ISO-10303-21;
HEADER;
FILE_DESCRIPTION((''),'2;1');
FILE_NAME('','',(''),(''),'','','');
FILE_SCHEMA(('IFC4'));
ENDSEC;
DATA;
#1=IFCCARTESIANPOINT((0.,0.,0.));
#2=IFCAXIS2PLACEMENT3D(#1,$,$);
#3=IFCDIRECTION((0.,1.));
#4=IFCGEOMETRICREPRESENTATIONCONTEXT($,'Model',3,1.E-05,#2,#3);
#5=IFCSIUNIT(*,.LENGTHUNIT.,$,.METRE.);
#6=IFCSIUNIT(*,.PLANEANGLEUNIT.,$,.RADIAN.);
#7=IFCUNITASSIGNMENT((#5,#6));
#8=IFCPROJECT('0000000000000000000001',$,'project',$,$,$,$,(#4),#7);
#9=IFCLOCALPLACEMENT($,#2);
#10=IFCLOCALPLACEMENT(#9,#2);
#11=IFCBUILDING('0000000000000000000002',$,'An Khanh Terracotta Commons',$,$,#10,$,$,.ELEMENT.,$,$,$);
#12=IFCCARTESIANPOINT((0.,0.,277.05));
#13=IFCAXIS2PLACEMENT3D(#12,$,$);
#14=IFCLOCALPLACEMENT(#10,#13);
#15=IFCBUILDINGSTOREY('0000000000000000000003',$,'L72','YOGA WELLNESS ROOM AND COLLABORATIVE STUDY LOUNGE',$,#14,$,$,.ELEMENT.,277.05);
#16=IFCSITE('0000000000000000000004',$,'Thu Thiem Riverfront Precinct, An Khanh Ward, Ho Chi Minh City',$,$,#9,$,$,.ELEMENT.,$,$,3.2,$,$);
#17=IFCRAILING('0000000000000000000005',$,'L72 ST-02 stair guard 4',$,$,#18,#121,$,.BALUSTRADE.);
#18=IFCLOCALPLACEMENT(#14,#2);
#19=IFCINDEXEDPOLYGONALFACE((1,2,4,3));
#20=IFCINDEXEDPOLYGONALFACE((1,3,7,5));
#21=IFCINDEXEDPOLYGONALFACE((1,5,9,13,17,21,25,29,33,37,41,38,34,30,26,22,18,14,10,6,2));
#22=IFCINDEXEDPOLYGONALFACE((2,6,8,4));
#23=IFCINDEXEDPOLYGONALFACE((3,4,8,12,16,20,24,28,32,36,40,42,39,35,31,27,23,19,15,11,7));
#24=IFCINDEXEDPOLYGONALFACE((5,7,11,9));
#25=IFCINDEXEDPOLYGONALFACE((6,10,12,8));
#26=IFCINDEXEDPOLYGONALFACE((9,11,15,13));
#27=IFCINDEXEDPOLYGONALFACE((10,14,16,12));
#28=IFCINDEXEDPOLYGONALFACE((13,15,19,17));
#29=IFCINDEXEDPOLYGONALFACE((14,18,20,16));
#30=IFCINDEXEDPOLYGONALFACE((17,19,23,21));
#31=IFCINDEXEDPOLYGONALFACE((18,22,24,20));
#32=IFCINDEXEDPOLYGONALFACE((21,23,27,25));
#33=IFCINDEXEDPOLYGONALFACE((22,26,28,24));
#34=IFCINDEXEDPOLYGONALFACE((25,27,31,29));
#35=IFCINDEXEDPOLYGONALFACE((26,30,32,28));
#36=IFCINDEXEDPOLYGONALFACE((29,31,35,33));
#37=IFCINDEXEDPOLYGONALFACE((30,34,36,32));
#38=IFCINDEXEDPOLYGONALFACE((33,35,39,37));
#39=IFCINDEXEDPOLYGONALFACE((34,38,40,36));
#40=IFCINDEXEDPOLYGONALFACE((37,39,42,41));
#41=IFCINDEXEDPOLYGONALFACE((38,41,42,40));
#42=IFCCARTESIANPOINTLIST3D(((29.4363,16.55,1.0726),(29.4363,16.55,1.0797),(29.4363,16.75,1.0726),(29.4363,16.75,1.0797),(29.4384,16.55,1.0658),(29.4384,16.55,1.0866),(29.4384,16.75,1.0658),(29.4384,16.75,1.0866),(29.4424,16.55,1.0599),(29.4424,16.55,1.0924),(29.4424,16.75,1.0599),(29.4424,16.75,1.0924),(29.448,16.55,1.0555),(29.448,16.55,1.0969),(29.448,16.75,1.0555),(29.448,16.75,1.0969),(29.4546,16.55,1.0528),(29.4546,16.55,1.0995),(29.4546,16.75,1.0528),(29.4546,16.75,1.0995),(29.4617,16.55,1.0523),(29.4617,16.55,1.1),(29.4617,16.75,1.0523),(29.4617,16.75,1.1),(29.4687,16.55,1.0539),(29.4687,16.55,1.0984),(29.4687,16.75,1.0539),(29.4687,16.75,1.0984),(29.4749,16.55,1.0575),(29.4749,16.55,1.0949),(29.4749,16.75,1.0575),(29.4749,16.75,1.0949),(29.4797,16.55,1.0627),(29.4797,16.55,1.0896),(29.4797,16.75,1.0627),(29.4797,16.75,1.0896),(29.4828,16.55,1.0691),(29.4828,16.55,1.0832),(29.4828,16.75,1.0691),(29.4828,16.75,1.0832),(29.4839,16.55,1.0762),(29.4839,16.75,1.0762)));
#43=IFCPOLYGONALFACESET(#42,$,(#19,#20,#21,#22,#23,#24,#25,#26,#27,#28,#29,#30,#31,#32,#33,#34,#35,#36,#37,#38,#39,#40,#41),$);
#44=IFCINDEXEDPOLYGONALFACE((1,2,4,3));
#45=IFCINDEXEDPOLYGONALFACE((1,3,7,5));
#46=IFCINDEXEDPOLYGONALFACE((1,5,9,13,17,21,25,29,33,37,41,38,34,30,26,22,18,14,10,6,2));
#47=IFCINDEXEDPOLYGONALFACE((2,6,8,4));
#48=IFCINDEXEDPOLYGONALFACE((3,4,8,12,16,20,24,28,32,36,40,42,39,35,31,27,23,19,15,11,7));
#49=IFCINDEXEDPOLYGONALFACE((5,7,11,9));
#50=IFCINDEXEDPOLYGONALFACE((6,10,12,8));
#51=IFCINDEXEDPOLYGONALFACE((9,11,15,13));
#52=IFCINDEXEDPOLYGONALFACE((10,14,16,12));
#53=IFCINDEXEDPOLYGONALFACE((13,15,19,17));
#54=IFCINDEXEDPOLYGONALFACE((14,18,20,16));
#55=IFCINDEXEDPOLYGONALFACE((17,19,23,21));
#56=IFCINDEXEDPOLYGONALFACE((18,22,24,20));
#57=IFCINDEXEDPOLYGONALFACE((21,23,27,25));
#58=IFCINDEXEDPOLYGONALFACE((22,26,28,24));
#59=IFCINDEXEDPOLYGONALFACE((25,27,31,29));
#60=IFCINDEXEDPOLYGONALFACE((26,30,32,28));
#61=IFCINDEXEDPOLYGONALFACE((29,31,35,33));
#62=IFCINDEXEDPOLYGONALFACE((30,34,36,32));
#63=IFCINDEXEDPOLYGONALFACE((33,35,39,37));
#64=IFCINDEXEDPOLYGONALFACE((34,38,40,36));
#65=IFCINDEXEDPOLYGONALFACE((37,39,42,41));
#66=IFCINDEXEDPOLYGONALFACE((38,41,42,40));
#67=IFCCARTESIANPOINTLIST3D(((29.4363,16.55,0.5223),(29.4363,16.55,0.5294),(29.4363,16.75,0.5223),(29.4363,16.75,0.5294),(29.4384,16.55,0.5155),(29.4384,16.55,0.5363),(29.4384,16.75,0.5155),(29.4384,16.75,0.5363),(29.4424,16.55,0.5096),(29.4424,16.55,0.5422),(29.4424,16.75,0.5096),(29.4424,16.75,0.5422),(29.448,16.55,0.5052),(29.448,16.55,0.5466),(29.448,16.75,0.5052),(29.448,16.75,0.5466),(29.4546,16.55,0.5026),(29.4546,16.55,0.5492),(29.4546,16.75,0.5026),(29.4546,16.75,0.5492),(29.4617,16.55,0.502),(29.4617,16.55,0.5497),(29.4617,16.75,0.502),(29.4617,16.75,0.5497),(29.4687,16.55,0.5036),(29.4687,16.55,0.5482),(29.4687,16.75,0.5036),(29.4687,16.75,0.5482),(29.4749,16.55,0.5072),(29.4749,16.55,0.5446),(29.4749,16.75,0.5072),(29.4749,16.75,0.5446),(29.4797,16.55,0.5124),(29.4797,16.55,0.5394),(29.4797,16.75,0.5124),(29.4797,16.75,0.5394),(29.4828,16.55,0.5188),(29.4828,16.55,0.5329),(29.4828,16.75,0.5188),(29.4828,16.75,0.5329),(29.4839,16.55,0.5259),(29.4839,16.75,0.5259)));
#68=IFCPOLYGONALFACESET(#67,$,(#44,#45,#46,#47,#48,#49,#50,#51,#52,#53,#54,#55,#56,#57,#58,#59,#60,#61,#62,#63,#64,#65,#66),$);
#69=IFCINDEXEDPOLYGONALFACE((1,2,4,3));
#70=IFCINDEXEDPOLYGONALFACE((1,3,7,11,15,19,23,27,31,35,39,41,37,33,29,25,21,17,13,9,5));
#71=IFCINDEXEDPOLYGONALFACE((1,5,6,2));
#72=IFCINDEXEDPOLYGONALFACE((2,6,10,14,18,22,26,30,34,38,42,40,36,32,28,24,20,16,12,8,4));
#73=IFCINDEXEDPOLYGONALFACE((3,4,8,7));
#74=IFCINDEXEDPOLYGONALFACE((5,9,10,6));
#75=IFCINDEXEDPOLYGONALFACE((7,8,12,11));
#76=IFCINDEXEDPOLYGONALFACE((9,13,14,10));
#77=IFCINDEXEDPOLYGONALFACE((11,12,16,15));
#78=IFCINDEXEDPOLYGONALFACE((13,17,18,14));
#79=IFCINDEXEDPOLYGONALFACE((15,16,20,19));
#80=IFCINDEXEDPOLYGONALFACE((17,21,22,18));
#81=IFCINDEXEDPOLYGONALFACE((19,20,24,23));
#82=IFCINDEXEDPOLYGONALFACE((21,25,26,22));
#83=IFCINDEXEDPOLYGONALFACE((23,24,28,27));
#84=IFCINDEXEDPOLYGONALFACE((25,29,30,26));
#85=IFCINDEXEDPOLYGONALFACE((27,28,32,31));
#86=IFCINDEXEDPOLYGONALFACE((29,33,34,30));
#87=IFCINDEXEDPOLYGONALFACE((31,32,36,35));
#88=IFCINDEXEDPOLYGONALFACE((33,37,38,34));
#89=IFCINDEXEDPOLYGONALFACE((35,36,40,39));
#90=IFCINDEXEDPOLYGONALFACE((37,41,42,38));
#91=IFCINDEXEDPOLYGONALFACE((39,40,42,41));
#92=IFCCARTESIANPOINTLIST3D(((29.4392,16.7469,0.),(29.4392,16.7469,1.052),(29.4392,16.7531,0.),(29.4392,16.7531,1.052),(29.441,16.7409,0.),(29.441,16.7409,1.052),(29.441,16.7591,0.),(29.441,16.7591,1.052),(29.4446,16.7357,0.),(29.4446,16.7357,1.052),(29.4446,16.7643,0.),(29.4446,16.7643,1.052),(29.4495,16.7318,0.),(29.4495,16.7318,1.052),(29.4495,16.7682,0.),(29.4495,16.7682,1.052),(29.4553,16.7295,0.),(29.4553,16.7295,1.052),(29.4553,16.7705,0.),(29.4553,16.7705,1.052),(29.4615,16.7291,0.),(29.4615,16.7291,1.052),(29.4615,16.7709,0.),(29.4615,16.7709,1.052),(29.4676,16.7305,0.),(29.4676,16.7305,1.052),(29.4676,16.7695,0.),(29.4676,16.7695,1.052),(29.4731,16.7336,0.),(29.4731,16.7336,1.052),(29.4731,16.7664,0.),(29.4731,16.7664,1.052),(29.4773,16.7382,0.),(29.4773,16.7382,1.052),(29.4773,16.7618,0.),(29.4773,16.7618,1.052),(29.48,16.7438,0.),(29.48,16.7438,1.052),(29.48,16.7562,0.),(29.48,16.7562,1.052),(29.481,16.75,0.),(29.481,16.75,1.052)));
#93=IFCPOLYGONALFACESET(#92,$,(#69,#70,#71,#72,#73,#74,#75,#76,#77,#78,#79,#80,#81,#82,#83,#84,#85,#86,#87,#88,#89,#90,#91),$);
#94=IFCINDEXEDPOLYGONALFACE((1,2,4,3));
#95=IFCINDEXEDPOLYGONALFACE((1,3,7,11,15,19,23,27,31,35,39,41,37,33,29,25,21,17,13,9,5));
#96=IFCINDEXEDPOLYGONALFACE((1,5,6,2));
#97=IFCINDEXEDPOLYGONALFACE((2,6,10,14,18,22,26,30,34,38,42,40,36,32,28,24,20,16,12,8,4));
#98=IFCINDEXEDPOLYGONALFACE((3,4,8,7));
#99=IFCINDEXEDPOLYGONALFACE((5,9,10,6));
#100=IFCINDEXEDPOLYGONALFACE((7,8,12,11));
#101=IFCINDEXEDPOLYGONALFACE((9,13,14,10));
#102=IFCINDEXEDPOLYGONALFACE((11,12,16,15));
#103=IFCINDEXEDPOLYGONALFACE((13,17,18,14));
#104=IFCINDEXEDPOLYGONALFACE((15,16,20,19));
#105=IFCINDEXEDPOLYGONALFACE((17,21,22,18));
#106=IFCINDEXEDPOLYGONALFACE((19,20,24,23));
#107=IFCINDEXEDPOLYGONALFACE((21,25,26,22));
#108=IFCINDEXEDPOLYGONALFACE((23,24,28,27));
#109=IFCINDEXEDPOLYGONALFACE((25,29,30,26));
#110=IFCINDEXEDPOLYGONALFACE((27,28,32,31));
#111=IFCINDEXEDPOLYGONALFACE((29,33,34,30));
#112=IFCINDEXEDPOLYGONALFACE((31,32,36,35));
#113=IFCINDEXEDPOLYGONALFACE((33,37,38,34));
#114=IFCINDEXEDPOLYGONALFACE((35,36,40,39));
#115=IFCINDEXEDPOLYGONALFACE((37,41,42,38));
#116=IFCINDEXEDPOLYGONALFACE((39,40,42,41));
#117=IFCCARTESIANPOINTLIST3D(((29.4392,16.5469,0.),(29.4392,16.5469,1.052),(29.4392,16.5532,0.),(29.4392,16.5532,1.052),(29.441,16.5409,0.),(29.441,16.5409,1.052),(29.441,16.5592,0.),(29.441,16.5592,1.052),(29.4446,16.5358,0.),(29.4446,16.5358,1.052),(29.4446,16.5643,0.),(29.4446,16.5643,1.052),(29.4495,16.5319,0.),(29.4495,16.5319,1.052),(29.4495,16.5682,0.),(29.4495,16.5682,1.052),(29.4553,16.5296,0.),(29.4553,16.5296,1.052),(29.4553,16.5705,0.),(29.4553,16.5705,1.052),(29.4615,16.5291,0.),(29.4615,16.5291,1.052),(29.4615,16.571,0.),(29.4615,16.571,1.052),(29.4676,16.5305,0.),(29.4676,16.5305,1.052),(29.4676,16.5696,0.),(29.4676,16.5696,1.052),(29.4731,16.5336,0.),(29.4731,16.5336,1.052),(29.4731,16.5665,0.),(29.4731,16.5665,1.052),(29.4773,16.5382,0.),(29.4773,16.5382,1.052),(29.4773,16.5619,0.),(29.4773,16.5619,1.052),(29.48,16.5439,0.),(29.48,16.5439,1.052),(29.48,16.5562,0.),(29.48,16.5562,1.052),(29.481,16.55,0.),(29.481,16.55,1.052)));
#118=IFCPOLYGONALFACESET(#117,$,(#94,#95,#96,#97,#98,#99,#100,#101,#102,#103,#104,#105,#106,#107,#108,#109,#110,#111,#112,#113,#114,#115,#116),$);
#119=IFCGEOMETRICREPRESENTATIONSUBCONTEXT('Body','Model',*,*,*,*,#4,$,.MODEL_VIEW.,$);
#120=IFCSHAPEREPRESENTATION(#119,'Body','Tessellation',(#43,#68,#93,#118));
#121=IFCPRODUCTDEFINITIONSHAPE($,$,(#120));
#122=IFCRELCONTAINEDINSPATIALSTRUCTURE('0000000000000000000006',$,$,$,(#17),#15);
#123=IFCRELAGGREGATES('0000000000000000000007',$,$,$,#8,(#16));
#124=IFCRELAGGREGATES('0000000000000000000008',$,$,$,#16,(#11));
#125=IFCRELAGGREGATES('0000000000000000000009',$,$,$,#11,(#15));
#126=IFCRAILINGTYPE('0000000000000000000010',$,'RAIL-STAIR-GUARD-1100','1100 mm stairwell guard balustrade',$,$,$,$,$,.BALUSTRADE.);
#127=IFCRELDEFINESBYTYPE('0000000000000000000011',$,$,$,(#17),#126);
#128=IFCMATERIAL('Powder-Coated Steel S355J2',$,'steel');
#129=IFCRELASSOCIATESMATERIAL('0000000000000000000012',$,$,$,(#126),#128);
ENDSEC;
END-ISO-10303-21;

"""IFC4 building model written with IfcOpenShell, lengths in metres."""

from ifc_helpers import new_model, si_unit, direction, frame, origin, origin_2d, place, context, subcontext, project, spatial, circle, extrude, material, type_object, element, save


model = new_model("IFC4")

# Units and contexts
model_context = context("Model", 3, precision=1e-05, world=origin(), true_north=direction((0.0, 1.0)))
body_context = subcontext(model_context, "Body", "Model", "MODEL_VIEW")
ifc_project = project(units=[si_unit("LENGTHUNIT", "METRE"), si_unit("PLANEANGLEUNIT", "RADIAN")], contexts=[model_context])

# Site, building, storey
site_placement = place(None, origin())
site = spatial("IfcSite", under=ifc_project, at=site_placement, Name="Thu Thiem Riverfront Precinct, An Khanh Ward, Ho Chi Minh City", CompositionType="ELEMENT", RefElevation=3.2)
building_placement = place(site_placement, origin())
building = spatial("IfcBuilding", under=site, at=building_placement, Name="An Khanh Terracotta Commons", CompositionType="ELEMENT")
storey_placement = place(building_placement, frame((0.0, 0.0, 277.05)))
storey = spatial("IfcBuildingStorey", under=building, at=storey_placement, Name="L72", Description="YOGA WELLNESS ROOM AND COLLABORATIVE STUDY LOUNGE", CompositionType="ELEMENT", Elevation=277.05)

# Railing
ifc_material_1 = material(Name="Powder-Coated Steel S355J2", Category="steel")
railing_type_1 = type_object("IfcRailingType", Name="RAIL-STAIR-GUARD-1100", Description="1100 mm stairwell guard balustrade", PredefinedType="BALUSTRADE", material=ifc_material_1)
railing_1_placement = place(storey_placement, frame((29.46, 16.75, 0.0)))
element("IfcRailing", 1, at=railing_1_placement, inside=storey, type_object=railing_type_1, Name="L72 ST-02 stair guard 4", PredefinedType="BALUSTRADE", context=body_context, shape_type="SweptSolid", body=[
    extrude(circle(Radius=0.0239, at=origin_2d()), frame((0.0, 0.0, 1.0762), z_axis=(0.0, -1.0, 0.0), x_axis=(1.0, 0.0, 0.0)), (0.0, 0.0, 1.0), 0.2),
    extrude(circle(Radius=0.0239, at=origin_2d()), frame((0.0, 0.0, 0.5259), z_axis=(0.0, -1.0, 0.0), x_axis=(1.0, 0.0, 0.0)), (0.0, 0.0, 1.0), 0.2),
    extrude(circle(Radius=0.021, at=origin_2d()), origin(), (0.0, 0.0, 1.0), 1.052),
    extrude(circle(Radius=0.021, at=origin_2d()), frame((0.0, -0.2, 0.0)), (0.0, 0.0, 1.0), 1.052),
])

save(model, "model.ifc")
